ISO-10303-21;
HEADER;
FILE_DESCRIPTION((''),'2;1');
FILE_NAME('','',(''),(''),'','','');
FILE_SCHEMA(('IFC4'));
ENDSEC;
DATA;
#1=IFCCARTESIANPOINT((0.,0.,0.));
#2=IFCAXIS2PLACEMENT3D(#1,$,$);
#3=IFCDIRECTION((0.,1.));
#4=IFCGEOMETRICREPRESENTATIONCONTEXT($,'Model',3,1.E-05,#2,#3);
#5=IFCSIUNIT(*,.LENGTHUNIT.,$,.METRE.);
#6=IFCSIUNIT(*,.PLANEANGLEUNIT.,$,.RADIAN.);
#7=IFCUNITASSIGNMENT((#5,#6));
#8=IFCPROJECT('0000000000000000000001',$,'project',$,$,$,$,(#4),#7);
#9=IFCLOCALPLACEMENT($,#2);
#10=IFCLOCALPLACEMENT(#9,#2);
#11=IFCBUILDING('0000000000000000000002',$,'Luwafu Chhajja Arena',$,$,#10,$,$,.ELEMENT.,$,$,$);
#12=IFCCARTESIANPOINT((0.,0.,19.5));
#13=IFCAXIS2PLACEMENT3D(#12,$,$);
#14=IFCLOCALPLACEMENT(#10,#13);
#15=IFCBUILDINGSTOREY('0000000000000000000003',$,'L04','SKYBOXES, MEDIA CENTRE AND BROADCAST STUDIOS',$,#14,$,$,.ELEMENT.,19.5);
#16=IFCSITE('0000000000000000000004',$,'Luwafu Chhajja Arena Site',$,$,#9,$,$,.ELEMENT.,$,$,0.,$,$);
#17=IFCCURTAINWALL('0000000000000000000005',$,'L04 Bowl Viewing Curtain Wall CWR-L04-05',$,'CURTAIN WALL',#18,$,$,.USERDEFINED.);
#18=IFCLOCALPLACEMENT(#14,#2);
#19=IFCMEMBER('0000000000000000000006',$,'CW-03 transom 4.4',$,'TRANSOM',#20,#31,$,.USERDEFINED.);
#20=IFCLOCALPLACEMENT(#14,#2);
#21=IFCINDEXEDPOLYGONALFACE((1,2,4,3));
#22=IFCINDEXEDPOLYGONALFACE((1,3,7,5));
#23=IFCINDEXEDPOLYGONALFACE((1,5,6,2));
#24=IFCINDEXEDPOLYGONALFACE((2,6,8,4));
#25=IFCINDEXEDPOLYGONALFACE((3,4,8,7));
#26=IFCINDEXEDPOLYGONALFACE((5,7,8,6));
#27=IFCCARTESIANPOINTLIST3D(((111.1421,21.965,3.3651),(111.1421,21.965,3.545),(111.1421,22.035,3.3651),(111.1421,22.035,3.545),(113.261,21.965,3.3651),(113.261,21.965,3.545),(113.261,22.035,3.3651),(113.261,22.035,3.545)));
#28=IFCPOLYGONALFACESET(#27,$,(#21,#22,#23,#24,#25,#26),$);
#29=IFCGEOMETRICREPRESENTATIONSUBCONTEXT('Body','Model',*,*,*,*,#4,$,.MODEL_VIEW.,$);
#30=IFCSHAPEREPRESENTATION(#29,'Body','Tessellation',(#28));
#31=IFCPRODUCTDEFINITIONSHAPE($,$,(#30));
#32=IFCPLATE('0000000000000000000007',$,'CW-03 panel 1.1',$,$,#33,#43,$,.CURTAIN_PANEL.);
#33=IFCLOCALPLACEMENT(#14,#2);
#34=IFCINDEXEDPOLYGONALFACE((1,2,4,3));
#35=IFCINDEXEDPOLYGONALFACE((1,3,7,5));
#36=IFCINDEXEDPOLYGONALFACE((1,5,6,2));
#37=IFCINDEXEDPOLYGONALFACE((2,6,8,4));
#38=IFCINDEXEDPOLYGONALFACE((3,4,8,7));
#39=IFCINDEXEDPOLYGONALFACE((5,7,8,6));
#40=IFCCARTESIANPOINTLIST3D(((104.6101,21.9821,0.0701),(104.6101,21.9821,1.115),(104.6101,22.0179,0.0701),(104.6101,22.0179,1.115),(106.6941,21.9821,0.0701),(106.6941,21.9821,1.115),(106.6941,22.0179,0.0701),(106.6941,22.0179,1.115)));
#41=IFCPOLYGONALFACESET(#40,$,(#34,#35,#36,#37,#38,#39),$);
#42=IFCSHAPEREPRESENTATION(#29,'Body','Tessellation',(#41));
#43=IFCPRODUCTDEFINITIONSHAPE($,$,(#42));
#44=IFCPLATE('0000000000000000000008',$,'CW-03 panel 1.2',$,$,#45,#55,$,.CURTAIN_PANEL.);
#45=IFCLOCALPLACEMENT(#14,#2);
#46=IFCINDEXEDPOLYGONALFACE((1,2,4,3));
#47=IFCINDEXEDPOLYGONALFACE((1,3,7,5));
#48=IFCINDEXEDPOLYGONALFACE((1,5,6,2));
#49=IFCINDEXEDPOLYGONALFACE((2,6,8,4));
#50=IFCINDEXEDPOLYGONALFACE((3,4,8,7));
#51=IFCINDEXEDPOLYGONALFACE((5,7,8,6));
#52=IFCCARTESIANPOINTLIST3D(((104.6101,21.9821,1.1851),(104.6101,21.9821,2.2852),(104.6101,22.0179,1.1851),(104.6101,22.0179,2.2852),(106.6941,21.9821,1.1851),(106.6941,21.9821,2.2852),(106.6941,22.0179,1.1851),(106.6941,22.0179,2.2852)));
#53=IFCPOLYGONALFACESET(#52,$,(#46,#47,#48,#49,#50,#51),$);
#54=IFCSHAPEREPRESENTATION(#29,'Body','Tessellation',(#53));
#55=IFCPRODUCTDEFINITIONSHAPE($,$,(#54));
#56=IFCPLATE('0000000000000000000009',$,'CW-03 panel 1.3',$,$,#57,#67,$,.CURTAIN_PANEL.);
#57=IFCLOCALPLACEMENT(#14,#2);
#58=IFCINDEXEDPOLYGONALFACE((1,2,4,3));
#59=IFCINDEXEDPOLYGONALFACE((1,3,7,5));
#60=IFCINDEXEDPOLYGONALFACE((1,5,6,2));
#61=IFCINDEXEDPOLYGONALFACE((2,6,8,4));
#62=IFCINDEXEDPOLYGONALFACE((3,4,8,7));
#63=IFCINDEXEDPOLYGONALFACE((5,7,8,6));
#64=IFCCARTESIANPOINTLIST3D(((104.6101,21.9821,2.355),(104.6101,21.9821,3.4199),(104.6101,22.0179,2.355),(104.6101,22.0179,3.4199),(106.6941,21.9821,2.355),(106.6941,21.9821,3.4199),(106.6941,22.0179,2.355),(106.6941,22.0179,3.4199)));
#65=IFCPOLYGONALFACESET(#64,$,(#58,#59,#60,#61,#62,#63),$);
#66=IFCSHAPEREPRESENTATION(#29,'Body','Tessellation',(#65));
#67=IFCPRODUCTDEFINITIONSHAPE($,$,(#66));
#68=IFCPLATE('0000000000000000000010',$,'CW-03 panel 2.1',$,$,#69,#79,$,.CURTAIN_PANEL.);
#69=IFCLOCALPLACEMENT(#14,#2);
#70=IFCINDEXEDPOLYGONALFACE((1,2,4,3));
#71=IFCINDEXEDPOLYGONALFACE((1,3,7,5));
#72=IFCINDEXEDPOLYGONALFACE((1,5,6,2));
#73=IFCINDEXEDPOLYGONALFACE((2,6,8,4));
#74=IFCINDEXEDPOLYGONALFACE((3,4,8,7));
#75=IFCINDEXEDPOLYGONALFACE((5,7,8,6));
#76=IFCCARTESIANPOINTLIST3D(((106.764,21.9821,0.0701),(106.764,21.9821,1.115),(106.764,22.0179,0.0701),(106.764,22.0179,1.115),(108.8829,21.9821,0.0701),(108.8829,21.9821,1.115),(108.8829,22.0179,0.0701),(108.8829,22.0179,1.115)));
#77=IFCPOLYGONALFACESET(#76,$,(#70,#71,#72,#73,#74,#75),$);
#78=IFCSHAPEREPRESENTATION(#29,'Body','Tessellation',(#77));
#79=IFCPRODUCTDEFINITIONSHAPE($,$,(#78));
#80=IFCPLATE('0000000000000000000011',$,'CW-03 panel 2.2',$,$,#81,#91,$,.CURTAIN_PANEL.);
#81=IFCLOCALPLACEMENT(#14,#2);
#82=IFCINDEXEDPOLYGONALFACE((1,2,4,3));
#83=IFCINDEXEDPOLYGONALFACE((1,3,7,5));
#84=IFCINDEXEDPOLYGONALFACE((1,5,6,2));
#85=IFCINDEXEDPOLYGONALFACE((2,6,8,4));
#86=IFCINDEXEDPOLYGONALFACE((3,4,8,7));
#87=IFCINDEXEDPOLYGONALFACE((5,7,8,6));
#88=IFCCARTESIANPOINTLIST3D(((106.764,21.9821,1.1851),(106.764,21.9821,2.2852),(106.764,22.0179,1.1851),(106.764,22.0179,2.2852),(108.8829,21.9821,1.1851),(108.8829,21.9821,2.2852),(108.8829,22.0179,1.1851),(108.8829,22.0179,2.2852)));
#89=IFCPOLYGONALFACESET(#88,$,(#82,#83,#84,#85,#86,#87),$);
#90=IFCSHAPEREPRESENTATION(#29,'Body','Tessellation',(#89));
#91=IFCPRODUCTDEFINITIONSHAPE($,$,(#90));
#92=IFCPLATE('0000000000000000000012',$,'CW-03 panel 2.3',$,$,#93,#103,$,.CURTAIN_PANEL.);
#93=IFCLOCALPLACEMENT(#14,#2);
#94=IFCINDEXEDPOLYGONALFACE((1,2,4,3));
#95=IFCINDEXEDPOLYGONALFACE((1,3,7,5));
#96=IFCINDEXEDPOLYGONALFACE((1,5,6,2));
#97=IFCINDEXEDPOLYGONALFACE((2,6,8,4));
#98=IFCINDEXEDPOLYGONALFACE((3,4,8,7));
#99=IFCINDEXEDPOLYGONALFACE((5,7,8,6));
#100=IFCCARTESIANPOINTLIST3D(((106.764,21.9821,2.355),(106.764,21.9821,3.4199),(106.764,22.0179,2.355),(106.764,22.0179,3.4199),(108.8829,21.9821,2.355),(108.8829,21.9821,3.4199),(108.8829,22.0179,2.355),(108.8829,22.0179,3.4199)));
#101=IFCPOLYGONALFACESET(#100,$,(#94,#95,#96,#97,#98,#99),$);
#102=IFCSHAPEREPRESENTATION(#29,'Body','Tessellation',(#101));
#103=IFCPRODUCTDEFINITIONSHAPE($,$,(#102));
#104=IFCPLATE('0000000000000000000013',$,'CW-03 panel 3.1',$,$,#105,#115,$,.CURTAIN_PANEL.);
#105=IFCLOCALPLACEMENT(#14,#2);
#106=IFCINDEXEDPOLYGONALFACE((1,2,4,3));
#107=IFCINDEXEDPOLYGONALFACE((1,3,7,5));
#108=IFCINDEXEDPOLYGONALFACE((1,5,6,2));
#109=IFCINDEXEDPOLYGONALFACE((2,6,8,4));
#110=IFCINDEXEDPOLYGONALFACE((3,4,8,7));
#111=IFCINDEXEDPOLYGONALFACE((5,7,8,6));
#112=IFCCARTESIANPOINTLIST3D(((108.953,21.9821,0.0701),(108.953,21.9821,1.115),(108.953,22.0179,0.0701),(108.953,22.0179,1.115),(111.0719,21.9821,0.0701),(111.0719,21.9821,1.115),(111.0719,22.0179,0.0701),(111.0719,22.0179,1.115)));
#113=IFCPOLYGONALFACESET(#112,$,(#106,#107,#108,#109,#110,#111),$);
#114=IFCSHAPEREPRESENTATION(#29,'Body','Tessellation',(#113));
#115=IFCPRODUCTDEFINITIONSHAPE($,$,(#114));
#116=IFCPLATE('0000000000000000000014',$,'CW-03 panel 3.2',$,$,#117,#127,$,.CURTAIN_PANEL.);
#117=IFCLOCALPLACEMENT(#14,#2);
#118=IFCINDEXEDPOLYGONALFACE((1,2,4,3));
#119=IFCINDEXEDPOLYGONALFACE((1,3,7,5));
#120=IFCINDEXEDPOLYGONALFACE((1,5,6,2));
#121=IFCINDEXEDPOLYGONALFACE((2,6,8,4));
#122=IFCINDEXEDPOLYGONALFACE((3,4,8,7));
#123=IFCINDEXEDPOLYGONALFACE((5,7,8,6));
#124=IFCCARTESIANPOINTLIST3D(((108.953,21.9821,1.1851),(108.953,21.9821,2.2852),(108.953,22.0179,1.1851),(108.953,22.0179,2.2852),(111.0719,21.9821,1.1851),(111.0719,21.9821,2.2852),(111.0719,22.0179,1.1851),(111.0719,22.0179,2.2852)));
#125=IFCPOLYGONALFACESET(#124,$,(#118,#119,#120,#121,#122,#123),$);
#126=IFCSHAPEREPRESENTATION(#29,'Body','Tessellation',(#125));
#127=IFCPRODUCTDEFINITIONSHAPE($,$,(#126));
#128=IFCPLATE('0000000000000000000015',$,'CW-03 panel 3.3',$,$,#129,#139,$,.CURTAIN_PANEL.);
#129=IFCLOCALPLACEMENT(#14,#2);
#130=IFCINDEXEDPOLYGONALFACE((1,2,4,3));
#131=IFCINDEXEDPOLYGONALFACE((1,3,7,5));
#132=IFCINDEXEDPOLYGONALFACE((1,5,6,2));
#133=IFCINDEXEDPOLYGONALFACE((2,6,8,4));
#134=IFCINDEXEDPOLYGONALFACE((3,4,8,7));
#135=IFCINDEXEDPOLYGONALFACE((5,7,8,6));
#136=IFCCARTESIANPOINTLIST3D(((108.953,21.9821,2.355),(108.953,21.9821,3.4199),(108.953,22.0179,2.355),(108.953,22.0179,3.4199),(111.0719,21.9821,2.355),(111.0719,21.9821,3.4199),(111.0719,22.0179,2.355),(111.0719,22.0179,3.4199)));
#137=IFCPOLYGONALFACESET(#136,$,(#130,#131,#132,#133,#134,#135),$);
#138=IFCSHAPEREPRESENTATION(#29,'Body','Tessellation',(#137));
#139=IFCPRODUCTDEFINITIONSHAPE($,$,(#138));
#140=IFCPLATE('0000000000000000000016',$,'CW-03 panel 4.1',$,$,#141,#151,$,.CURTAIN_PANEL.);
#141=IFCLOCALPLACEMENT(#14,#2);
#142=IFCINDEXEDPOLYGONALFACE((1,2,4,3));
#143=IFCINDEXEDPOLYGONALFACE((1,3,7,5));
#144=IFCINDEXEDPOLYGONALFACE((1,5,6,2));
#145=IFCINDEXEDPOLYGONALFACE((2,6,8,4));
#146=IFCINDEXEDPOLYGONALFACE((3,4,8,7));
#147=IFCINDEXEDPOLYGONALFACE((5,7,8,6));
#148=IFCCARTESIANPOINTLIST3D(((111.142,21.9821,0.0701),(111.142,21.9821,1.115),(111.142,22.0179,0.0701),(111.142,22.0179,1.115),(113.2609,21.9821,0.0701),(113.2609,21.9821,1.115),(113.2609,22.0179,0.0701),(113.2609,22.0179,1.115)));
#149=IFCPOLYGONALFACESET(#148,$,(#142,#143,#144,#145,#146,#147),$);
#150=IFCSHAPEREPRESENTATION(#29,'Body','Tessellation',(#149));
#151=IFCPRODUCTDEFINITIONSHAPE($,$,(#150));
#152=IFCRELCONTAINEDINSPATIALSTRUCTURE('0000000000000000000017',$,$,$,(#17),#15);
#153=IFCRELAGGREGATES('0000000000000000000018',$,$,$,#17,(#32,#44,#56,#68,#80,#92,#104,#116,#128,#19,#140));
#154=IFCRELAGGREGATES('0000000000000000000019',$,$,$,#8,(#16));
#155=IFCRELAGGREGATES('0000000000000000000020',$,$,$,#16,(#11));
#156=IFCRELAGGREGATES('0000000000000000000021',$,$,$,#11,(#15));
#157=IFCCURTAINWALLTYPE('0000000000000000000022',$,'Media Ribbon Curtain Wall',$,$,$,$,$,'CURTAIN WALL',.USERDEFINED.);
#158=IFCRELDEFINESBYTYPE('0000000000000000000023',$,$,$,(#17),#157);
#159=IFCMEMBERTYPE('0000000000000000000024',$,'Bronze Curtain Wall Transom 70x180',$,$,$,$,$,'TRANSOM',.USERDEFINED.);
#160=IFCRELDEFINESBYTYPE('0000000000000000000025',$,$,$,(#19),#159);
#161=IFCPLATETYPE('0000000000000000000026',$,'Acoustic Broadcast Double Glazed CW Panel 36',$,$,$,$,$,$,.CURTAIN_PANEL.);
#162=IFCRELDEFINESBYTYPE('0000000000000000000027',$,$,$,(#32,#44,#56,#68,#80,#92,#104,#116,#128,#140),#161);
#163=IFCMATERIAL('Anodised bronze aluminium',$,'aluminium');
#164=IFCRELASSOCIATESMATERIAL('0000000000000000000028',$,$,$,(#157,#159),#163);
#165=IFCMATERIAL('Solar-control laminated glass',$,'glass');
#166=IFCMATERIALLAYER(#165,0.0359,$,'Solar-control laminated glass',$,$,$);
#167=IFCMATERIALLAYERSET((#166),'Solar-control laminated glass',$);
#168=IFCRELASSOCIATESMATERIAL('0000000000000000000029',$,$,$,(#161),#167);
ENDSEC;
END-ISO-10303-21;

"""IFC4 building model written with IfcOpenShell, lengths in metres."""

from ifc_helpers import new_model, si_unit, direction, frame, origin, origin_2d, place, context, subcontext, project, spatial, rectangle, extrude, material, layer, layer_set, material_profile, profile_set, type_object, element, aggregate, save


model = new_model("IFC4")

# Units and contexts
model_context = context("Model", 3, precision=1e-05, world=origin(), true_north=direction((0.0, 1.0)))
body_context = subcontext(model_context, "Body", "Model", "MODEL_VIEW")
ifc_project = project(units=[si_unit("LENGTHUNIT", "METRE"), si_unit("PLANEANGLEUNIT", "RADIAN")], contexts=[model_context])

# Site, building, storey
site_placement = place(None, origin())
site = spatial("IfcSite", under=ifc_project, at=site_placement, Name="Luwafu Chhajja Arena Site", CompositionType="ELEMENT", RefElevation=0.0)
building_placement = place(site_placement, origin())
building = spatial("IfcBuilding", under=site, at=building_placement, Name="Luwafu Chhajja Arena", CompositionType="ELEMENT")
storey_placement = place(building_placement, frame((0.0, 0.0, 19.5)))
storey = spatial("IfcBuildingStorey", under=building, at=storey_placement, Name="L04", Description="SKYBOXES, MEDIA CENTRE AND BROADCAST STUDIOS", CompositionType="ELEMENT", Elevation=19.5)

# Curtain wall, member, plates
ifc_material_1 = material(Name="Anodised bronze aluminium", Category="aluminium")
curtain_wall_type = type_object("IfcCurtainWallType", Name="Media Ribbon Curtain Wall", ElementType="CURTAIN WALL", PredefinedType="USERDEFINED", material=ifc_material_1)
curtain_wall_placement = place(storey_placement, origin())
curtain_wall = element("IfcCurtainWall", 1, at=curtain_wall_placement, inside=storey, type_object=curtain_wall_type, Name="L04 Bowl Viewing Curtain Wall CWR-L04-05", ObjectType="CURTAIN WALL", PredefinedType="USERDEFINED")
ifc_material_profile_1 = material_profile(ifc_material_1, rectangle(XDim=0.0701, YDim=0.1799, at=origin_2d()), Name="CWT 70x180")
ifc_profile_set_1 = profile_set([ifc_material_profile_1], Name="Anodised bronze aluminium")
member_type_1 = type_object("IfcMemberType", Name="Bronze Curtain Wall Transom 70x180", ElementType="TRANSOM", PredefinedType="USERDEFINED", material=ifc_profile_set_1)
member_1_placement = place(storey_placement, frame((111.1421, 22.0, 3.4551), z_axis=(1.0, 0.0, 0.0), x_axis=(0.0, 1.0, 0.0)))
member_1 = element("IfcMember", 2, at=member_1_placement, type_object=member_type_1, Name="CW-03 transom 4.4", ObjectType="TRANSOM", PredefinedType="USERDEFINED", context=body_context, shape_type="SweptSolid", body=[
    extrude(rectangle(XDim=0.0701, YDim=0.1799, at=origin_2d()), origin(), (0.0, 0.0, 1.0), 2.1189),
])
ifc_material_2 = material(Name="Solar-control laminated glass", Category="glass")
ifc_layer = layer(ifc_material_2, 0.0359, Name="Solar-control laminated glass")
ifc_layer_set = layer_set([ifc_layer], Name="Solar-control laminated glass")
plate_type = type_object("IfcPlateType", Name="Acoustic Broadcast Double Glazed CW Panel 36", PredefinedType="CURTAIN_PANEL", material=ifc_layer_set)
plate_1_placement = place(storey_placement, frame((105.6521, 22.0, 0.0701), z_axis=(0.0, 0.0, 1.0), x_axis=(1.0, 0.0, 0.0)))
plate_1 = element("IfcPlate", 3, at=plate_1_placement, type_object=plate_type, Name="CW-03 panel 1.1", PredefinedType="CURTAIN_PANEL", context=body_context, shape_type="SweptSolid", body=[
    extrude(rectangle(XDim=2.084, YDim=0.0359, at=origin_2d()), origin(), (0.0, 0.0, 1.0), 1.0449),
])
plate_2_placement = place(storey_placement, frame((105.6521, 22.0, 1.1851), z_axis=(0.0, 0.0, 1.0), x_axis=(1.0, 0.0, 0.0)))
plate_2 = element("IfcPlate", 4, at=plate_2_placement, type_object=plate_type, Name="CW-03 panel 1.2", PredefinedType="CURTAIN_PANEL", context=body_context, shape_type="SweptSolid", body=[
    extrude(rectangle(XDim=2.084, YDim=0.0359, at=origin_2d()), origin(), (0.0, 0.0, 1.0), 1.1001),
])
plate_3_placement = place(storey_placement, frame((105.6521, 22.0, 2.355), z_axis=(0.0, 0.0, 1.0), x_axis=(1.0, 0.0, 0.0)))
plate_3 = element("IfcPlate", 5, at=plate_3_placement, type_object=plate_type, Name="CW-03 panel 1.3", PredefinedType="CURTAIN_PANEL", context=body_context, shape_type="SweptSolid", body=[
    extrude(rectangle(XDim=2.084, YDim=0.0359, at=origin_2d()), origin(), (0.0, 0.0, 1.0), 1.0649),
])
plate_4_placement = place(storey_placement, frame((107.8235, 22.0, 0.0701), z_axis=(0.0, 0.0, 1.0), x_axis=(1.0, 0.0, 0.0)))
plate_4 = element("IfcPlate", 6, at=plate_4_placement, type_object=plate_type, Name="CW-03 panel 2.1", PredefinedType="CURTAIN_PANEL", context=body_context, shape_type="SweptSolid", body=[
    extrude(rectangle(XDim=2.1189, YDim=0.0359, at=origin_2d()), origin(), (0.0, 0.0, 1.0), 1.0449),
])
plate_5_placement = place(storey_placement, frame((107.8235, 22.0, 1.1851), z_axis=(0.0, 0.0, 1.0), x_axis=(1.0, 0.0, 0.0)))
plate_5 = element("IfcPlate", 7, at=plate_5_placement, type_object=plate_type, Name="CW-03 panel 2.2", PredefinedType="CURTAIN_PANEL", context=body_context, shape_type="SweptSolid", body=[
    extrude(rectangle(XDim=2.1189, YDim=0.0359, at=origin_2d()), origin(), (0.0, 0.0, 1.0), 1.1001),
])
plate_6_placement = place(storey_placement, frame((107.8235, 22.0, 2.355), z_axis=(0.0, 0.0, 1.0), x_axis=(1.0, 0.0, 0.0)))
plate_6 = element("IfcPlate", 8, at=plate_6_placement, type_object=plate_type, Name="CW-03 panel 2.3", PredefinedType="CURTAIN_PANEL", context=body_context, shape_type="SweptSolid", body=[
    extrude(rectangle(XDim=2.1189, YDim=0.0359, at=origin_2d()), origin(), (0.0, 0.0, 1.0), 1.0649),
])
plate_7_placement = place(storey_placement, frame((110.0125, 22.0, 0.0701), z_axis=(0.0, 0.0, 1.0), x_axis=(1.0, 0.0, 0.0)))
plate_7 = element("IfcPlate", 9, at=plate_7_placement, type_object=plate_type, Name="CW-03 panel 3.1", PredefinedType="CURTAIN_PANEL", context=body_context, shape_type="SweptSolid", body=[
    extrude(rectangle(XDim=2.1189, YDim=0.0359, at=origin_2d()), origin(), (0.0, 0.0, 1.0), 1.0449),
])
plate_8_placement = place(storey_placement, frame((110.0125, 22.0, 1.1851), z_axis=(0.0, 0.0, 1.0), x_axis=(1.0, 0.0, 0.0)))
plate_8 = element("IfcPlate", 10, at=plate_8_placement, type_object=plate_type, Name="CW-03 panel 3.2", PredefinedType="CURTAIN_PANEL", context=body_context, shape_type="SweptSolid", body=[
    extrude(rectangle(XDim=2.1189, YDim=0.0359, at=origin_2d()), origin(), (0.0, 0.0, 1.0), 1.1001),
])
plate_9_placement = place(storey_placement, frame((110.0125, 22.0, 2.355), z_axis=(0.0, 0.0, 1.0), x_axis=(1.0, 0.0, 0.0)))
plate_9 = element("IfcPlate", 11, at=plate_9_placement, type_object=plate_type, Name="CW-03 panel 3.3", PredefinedType="CURTAIN_PANEL", context=body_context, shape_type="SweptSolid", body=[
    extrude(rectangle(XDim=2.1189, YDim=0.0359, at=origin_2d()), origin(), (0.0, 0.0, 1.0), 1.0649),
])
plate_10_placement = place(storey_placement, frame((112.2014, 22.0, 0.0701), z_axis=(0.0, 0.0, 1.0), x_axis=(1.0, 0.0, 0.0)))
plate_10 = element("IfcPlate", 12, at=plate_10_placement, type_object=plate_type, Name="CW-03 panel 4.1", PredefinedType="CURTAIN_PANEL", context=body_context, shape_type="SweptSolid", body=[
    extrude(rectangle(XDim=2.1189, YDim=0.0359, at=origin_2d()), origin(), (0.0, 0.0, 1.0), 1.0449),
])
aggregate(curtain_wall, [plate_1, plate_2, plate_3, plate_4, plate_5, plate_6, plate_7, plate_8, plate_9, member_1, plate_10])

save(model, "model.ifc")
